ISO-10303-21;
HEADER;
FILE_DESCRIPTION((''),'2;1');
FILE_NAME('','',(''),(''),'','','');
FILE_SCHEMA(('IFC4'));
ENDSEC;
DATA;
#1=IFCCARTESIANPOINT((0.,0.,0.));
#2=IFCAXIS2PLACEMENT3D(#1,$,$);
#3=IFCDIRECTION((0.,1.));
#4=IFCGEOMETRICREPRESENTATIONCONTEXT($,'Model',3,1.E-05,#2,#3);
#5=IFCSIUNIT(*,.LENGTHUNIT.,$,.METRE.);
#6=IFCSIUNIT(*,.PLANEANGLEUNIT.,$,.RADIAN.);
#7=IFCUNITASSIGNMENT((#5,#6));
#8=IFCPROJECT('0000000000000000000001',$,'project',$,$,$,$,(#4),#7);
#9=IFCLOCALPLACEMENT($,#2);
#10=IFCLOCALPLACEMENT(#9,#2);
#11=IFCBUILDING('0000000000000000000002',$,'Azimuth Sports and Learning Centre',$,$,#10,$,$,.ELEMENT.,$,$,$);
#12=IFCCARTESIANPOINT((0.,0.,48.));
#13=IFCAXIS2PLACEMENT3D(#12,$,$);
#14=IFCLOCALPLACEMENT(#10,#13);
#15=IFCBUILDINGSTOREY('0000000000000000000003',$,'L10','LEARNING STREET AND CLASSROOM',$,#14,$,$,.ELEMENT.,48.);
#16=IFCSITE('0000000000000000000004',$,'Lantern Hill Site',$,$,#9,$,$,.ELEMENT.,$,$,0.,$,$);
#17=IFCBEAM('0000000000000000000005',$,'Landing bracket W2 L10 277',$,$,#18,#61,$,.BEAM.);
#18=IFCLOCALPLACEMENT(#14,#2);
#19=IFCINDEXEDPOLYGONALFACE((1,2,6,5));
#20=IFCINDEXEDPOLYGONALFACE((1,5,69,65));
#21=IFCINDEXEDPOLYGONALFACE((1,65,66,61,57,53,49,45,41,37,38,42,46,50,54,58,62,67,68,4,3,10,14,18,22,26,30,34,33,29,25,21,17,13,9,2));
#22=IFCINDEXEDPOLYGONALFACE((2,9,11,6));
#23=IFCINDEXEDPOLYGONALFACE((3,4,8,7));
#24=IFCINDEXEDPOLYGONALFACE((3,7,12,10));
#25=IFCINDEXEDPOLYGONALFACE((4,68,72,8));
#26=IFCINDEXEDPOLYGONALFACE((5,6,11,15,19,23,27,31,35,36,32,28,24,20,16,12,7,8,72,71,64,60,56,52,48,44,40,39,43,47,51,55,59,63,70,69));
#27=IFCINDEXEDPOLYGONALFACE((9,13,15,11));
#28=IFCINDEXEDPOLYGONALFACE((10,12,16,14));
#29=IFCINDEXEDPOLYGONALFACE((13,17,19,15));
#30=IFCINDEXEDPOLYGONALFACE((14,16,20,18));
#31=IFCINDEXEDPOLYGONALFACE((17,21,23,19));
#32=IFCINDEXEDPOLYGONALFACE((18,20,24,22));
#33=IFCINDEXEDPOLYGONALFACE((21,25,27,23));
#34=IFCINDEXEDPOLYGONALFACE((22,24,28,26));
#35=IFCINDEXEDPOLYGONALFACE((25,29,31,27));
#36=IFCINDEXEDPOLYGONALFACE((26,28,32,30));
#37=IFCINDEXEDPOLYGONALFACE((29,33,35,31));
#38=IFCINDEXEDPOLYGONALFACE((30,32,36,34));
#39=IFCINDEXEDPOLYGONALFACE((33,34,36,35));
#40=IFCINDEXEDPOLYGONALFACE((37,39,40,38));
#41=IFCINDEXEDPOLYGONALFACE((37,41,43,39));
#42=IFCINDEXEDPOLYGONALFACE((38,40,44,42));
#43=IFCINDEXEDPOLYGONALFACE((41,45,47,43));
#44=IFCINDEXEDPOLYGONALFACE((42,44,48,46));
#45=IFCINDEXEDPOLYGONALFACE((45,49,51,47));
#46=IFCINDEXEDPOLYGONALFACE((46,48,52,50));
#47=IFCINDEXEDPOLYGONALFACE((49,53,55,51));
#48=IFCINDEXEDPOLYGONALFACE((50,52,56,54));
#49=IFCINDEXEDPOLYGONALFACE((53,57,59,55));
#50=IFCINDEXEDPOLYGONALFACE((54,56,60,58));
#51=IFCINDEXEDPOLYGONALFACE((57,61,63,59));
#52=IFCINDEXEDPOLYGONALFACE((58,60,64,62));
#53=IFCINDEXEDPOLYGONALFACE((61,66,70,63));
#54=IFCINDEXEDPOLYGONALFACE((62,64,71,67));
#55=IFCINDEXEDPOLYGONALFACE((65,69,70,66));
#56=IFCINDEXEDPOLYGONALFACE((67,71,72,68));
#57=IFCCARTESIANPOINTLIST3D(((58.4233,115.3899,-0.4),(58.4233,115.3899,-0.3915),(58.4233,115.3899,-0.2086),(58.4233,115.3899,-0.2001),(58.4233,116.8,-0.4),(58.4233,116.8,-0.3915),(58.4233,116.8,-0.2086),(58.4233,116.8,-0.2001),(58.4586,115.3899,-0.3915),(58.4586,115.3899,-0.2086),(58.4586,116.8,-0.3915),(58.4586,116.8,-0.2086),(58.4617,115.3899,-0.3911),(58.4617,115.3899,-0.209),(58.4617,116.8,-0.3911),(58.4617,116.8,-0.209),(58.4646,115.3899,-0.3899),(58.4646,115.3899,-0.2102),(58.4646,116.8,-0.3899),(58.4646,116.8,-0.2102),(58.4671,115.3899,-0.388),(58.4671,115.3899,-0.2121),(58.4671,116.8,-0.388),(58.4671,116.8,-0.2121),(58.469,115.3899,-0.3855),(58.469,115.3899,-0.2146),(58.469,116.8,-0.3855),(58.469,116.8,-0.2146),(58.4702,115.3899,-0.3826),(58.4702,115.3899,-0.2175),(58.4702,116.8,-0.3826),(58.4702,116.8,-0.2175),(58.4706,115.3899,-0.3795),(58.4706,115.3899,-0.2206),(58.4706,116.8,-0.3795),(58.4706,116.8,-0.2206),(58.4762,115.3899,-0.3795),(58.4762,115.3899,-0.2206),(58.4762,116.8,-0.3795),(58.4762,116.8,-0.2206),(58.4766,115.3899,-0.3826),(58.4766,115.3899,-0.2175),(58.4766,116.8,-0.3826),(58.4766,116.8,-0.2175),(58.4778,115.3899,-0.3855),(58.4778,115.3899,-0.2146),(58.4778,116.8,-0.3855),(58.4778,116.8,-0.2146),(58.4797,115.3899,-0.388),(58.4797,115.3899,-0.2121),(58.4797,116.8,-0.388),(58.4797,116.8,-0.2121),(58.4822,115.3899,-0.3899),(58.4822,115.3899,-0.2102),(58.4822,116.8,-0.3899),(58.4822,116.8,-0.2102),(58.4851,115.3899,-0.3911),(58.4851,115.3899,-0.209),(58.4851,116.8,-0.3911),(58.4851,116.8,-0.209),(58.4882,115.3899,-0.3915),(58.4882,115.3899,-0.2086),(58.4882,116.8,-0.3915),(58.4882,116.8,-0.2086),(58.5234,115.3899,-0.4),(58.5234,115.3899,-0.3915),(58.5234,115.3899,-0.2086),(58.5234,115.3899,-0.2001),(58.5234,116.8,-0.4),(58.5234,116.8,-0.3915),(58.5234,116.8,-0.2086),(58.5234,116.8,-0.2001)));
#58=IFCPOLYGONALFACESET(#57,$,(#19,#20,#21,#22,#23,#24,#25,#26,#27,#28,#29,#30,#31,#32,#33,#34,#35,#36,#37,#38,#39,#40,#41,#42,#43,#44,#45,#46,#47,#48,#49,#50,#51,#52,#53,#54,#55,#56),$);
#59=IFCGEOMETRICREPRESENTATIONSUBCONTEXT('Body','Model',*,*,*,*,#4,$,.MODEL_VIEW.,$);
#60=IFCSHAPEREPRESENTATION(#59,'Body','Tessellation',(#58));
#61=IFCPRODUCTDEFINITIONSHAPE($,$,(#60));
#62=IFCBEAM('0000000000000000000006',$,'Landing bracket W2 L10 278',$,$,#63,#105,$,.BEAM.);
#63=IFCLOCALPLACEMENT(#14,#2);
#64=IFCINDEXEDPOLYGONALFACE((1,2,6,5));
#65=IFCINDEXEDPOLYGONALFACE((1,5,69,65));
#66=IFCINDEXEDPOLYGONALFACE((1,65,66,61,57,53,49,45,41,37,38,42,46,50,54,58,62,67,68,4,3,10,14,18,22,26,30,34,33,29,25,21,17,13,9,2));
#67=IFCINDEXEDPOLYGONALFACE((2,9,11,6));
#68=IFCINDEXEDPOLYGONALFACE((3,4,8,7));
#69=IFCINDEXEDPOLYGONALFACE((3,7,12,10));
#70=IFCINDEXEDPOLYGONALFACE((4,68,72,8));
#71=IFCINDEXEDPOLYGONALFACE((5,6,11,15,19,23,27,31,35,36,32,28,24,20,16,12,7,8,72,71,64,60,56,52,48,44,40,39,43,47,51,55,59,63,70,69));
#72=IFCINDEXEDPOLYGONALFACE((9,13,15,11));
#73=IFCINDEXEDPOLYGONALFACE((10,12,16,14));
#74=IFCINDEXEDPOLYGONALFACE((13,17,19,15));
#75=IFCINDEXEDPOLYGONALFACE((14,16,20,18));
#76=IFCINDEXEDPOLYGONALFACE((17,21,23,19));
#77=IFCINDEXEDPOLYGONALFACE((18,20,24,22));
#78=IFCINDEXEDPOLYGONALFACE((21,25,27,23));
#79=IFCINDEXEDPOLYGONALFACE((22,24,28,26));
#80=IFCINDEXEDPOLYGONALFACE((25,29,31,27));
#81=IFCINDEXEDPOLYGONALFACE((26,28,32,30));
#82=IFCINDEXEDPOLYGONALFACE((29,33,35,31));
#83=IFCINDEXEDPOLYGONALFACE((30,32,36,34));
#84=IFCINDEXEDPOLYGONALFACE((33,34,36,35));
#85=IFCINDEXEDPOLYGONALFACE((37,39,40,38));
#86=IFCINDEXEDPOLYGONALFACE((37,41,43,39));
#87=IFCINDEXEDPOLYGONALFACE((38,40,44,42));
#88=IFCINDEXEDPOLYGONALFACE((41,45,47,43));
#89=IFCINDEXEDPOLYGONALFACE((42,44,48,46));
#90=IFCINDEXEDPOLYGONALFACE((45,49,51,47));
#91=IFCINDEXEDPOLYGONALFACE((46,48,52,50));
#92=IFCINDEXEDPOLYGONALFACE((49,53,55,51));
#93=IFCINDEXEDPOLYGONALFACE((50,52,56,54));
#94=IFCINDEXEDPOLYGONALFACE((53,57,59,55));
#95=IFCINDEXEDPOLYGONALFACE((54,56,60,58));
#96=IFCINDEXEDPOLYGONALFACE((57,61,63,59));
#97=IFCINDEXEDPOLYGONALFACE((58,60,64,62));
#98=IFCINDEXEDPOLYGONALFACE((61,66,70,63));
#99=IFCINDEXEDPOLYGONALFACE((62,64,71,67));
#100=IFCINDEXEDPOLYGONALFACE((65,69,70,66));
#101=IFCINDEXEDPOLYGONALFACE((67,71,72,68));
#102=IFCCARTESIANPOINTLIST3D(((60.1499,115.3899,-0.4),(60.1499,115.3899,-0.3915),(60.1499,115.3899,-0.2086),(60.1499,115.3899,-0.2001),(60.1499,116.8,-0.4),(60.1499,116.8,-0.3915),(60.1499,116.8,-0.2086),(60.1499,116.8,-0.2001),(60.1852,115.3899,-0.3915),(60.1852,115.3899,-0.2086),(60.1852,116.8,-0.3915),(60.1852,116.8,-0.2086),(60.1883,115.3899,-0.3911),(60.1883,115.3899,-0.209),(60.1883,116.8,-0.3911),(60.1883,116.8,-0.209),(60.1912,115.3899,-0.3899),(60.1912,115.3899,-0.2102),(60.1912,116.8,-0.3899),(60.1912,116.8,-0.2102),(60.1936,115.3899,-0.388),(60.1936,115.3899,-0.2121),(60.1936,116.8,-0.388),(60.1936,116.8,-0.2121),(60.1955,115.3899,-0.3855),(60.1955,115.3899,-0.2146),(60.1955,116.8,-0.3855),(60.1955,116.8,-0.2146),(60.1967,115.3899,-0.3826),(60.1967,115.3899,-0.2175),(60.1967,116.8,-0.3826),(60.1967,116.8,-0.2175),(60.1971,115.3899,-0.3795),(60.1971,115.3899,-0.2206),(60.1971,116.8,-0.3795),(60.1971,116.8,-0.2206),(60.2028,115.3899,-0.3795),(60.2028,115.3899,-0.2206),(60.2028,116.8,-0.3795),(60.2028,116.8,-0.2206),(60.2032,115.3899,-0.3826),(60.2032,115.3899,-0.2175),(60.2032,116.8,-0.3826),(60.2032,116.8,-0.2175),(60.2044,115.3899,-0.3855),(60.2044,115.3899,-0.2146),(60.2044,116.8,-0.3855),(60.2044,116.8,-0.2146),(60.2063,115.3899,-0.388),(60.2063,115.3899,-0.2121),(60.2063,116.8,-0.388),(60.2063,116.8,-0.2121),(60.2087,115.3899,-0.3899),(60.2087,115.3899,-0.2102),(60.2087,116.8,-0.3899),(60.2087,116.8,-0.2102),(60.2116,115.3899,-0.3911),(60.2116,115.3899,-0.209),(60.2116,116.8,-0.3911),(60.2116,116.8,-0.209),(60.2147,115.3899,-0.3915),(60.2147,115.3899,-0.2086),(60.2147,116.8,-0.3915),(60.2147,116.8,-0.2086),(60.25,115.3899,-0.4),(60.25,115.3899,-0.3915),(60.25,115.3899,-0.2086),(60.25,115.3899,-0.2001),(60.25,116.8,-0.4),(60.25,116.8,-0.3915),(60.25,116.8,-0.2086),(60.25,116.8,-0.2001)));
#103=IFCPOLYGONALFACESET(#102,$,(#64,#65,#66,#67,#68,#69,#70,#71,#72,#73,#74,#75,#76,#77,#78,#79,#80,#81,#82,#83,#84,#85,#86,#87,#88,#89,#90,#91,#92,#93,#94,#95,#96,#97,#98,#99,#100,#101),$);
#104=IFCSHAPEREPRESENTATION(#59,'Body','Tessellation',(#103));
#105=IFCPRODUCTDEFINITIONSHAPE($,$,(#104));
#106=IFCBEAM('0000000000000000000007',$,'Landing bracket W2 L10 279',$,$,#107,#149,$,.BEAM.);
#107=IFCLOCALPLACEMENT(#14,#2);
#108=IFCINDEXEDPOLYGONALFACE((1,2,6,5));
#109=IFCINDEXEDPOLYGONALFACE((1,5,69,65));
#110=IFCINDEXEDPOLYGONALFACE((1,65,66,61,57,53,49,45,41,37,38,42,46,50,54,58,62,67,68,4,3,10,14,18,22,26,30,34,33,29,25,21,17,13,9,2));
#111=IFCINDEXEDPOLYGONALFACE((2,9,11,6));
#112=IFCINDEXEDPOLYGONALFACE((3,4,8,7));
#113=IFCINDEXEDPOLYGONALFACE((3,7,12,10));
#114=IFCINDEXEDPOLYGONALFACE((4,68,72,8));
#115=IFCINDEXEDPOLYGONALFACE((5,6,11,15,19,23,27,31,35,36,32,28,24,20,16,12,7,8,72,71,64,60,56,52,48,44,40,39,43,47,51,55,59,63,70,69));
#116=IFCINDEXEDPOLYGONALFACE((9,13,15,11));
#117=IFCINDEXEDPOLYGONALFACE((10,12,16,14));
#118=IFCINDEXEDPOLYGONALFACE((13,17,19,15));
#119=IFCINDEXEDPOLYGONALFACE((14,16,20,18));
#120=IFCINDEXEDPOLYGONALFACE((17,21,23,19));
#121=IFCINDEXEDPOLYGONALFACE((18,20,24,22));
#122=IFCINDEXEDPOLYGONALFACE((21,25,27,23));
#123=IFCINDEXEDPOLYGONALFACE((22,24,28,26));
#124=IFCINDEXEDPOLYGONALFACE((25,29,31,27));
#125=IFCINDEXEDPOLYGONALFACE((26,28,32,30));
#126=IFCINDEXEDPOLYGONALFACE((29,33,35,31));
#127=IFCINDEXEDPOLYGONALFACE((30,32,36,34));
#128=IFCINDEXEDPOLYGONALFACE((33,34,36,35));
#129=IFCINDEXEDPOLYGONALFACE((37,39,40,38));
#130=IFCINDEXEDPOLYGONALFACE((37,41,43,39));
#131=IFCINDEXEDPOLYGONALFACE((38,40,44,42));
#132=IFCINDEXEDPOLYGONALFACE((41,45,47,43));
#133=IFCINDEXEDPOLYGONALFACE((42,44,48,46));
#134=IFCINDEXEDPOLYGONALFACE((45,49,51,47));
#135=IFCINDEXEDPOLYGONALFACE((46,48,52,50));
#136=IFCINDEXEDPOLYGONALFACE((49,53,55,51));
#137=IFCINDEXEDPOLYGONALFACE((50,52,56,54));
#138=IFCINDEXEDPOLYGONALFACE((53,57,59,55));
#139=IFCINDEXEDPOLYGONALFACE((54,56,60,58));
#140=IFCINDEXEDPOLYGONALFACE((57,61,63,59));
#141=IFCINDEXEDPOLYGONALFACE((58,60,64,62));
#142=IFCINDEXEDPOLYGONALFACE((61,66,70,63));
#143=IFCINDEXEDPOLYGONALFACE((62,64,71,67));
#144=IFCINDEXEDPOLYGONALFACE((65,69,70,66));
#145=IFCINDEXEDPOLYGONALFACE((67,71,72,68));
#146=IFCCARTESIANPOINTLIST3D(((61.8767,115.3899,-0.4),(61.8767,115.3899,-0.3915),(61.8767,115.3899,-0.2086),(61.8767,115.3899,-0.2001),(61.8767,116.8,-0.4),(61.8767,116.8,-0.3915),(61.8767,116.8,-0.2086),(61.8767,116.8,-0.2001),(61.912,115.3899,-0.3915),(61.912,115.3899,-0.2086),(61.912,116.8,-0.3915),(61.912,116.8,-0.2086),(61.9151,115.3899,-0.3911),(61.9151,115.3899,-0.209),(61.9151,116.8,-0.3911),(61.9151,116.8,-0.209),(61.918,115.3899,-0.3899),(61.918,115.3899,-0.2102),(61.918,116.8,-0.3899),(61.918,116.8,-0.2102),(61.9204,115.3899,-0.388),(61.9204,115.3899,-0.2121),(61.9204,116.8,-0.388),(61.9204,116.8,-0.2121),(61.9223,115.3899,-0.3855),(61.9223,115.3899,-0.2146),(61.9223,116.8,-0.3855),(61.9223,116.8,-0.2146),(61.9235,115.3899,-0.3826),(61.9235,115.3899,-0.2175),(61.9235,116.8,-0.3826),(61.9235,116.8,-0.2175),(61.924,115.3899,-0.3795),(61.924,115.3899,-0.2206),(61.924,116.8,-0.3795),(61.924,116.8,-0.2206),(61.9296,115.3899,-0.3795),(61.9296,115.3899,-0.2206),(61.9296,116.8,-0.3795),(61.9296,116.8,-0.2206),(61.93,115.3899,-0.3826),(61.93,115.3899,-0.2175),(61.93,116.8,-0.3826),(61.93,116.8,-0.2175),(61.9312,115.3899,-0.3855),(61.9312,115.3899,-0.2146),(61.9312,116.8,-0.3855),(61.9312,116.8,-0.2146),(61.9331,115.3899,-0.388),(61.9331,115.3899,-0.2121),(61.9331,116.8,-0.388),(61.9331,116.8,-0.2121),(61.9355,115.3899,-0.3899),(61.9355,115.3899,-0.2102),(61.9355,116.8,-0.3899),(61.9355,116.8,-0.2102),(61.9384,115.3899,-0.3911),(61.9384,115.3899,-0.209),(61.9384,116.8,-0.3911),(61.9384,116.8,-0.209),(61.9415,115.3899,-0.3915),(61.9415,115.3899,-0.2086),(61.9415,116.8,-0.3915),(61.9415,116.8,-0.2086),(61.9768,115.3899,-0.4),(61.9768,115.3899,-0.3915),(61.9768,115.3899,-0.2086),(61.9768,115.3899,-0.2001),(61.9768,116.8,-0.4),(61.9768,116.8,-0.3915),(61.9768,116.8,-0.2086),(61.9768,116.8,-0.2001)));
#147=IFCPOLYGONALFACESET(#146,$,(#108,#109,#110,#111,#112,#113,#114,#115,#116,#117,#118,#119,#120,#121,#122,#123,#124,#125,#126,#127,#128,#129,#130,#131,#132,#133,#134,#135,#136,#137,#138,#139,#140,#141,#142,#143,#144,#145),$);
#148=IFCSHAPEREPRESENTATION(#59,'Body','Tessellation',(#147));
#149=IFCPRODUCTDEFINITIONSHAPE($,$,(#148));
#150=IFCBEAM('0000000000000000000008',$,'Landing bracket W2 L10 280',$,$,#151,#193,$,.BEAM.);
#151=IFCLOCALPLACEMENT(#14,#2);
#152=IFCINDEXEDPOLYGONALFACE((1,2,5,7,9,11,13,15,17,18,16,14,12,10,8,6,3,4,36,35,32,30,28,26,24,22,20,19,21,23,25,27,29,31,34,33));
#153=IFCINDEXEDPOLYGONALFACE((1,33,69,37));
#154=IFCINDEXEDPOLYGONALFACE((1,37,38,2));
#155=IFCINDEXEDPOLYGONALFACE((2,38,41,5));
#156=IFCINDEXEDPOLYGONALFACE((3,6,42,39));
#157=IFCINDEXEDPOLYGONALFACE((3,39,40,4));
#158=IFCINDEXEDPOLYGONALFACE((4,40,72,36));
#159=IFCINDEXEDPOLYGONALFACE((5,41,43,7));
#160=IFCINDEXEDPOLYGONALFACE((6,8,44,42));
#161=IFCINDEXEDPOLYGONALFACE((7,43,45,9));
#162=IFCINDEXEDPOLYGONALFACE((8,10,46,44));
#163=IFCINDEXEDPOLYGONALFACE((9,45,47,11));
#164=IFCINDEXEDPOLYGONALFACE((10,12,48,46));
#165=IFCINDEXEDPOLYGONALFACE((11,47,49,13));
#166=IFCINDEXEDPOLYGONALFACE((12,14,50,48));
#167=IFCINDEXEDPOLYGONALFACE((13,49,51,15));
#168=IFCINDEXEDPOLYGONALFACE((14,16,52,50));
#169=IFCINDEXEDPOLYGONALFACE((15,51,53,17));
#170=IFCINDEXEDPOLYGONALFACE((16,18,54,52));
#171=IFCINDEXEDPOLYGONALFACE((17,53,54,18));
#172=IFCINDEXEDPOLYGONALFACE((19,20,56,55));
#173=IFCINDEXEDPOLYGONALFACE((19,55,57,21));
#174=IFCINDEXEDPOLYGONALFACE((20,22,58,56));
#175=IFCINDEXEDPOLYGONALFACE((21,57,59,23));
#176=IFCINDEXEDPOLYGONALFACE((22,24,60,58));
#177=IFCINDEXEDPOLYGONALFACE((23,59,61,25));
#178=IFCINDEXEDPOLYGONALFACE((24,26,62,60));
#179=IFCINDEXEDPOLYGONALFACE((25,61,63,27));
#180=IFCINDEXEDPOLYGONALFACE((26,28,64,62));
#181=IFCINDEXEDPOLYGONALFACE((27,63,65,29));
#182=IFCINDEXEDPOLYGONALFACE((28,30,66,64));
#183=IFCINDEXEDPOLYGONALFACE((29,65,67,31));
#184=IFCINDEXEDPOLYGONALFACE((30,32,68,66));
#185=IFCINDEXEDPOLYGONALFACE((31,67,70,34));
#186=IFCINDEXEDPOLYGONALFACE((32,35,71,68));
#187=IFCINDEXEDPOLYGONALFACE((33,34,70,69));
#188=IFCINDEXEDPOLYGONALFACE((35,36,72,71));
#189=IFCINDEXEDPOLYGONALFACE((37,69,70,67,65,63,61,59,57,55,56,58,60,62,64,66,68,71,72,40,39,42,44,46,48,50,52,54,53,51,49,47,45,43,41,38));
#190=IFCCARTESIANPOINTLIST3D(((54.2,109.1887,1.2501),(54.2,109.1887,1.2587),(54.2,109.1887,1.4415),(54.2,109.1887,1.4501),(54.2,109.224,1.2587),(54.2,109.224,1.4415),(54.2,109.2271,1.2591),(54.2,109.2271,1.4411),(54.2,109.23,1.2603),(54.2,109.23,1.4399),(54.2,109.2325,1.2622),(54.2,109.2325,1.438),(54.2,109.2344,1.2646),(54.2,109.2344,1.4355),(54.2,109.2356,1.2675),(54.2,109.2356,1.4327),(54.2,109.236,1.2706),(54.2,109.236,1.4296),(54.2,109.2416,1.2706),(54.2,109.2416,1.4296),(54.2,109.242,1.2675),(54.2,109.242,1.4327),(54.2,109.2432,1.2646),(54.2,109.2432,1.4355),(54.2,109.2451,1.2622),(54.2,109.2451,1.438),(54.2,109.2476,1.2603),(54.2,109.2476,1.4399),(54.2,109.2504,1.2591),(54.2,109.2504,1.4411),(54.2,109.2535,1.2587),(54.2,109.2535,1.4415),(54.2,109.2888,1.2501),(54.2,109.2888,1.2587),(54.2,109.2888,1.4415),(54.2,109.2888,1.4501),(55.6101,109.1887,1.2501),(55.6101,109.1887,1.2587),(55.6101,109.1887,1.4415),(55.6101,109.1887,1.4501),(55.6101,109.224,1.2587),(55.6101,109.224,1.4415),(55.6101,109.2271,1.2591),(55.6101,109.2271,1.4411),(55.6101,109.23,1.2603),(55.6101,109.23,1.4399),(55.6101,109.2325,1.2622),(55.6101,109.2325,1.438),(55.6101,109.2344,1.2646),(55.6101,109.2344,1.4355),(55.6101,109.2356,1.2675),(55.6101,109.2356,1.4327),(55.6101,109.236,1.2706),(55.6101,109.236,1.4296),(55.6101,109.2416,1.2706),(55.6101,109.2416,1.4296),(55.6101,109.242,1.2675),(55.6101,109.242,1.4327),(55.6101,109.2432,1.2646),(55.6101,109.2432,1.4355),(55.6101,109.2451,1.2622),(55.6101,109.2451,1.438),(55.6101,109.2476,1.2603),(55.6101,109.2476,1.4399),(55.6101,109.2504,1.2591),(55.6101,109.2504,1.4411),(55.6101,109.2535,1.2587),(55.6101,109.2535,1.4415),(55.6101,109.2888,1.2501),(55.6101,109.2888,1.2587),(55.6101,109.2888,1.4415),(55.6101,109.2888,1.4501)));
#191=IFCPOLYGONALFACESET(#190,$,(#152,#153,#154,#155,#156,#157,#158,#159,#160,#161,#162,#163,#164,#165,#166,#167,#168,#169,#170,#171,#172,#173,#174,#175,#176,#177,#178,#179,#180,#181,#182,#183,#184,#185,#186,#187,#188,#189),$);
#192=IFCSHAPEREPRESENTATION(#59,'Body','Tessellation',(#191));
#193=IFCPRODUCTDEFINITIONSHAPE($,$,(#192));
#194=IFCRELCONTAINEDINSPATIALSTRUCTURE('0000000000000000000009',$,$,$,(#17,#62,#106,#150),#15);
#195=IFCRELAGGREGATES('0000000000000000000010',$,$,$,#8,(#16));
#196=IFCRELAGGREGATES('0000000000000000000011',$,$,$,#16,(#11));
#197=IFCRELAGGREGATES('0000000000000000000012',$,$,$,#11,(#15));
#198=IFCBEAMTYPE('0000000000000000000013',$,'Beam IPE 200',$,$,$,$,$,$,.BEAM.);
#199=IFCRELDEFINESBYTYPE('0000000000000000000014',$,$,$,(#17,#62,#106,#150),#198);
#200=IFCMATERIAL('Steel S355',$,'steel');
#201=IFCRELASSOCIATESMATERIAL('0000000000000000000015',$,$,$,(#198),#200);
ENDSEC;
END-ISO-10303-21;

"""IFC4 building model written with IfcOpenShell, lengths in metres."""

from ifc_helpers import new_model, si_unit, direction, frame, origin, origin_2d, place, context, subcontext, project, spatial, i_section, extrude, material, material_profile, profile_set, type_object, element, save


model = new_model("IFC4")

# Units and contexts
model_context = context("Model", 3, precision=1e-05, world=origin(), true_north=direction((0.0, 1.0)))
body_context = subcontext(model_context, "Body", "Model", "MODEL_VIEW")
ifc_project = project(units=[si_unit("LENGTHUNIT", "METRE"), si_unit("PLANEANGLEUNIT", "RADIAN")], contexts=[model_context])

# Site, building, storey
site_placement = place(None, origin())
site = spatial("IfcSite", under=ifc_project, at=site_placement, Name="Lantern Hill Site", CompositionType="ELEMENT", RefElevation=0.0)
building_placement = place(site_placement, origin())
building = spatial("IfcBuilding", under=site, at=building_placement, Name="Azimuth Sports and Learning Centre", CompositionType="ELEMENT")
storey_placement = place(building_placement, frame((0.0, 0.0, 48.0)))
storey = spatial("IfcBuildingStorey", under=building, at=storey_placement, Name="L10", Description="LEARNING STREET AND CLASSROOM", CompositionType="ELEMENT", Elevation=48.0)

# Beams
ifc_material_1 = material(Name="Steel S355", Category="steel")
ifc_material_profile_1 = material_profile(ifc_material_1, i_section(OverallWidth=0.1001, OverallDepth=0.2, WebThickness=0.0056, FlangeThickness=0.0085, FilletRadius=0.012, at=origin_2d()), Name="IPE 200")
ifc_profile_set_1 = profile_set([ifc_material_profile_1], Name="Steel S355")
beam_type_1 = type_object("IfcBeamType", Name="Beam IPE 200", PredefinedType="BEAM", material=ifc_profile_set_1)
for number, where, z_axis, x_axis, name in (
    (1, (58.4734, 116.8, -0.3), (0.0, -1.0, 0.0), (1.0, 0.0, 0.0), "Landing bracket W2 L10 277"),
    (2, (60.2, 116.8, -0.3), (0.0, -1.0, 0.0), (1.0, 0.0, 0.0), "Landing bracket W2 L10 278"),
    (3, (61.9268, 116.8, -0.3), (0.0, -1.0, 0.0), (1.0, 0.0, 0.0), "Landing bracket W2 L10 279"),
    (4, (54.2, 109.2388, 1.3501), (1.0, 0.0, 0.0), (0.0, 1.0, 0.0), "Landing bracket W2 L10 280"),
):
    element("IfcBeam", number, at=place(storey_placement, frame(where, z_axis=z_axis, x_axis=x_axis)), inside=storey, type_object=beam_type_1, Name=name, PredefinedType="BEAM", context=body_context, shape_type="SweptSolid", body=[
        extrude(i_section(OverallWidth=0.1001, OverallDepth=0.2, WebThickness=0.0056, FlangeThickness=0.0085, FilletRadius=0.012, at=origin_2d()), origin(), (0.0, 0.0, 1.0), 1.4102),
    ])

save(model, "model.ifc")
